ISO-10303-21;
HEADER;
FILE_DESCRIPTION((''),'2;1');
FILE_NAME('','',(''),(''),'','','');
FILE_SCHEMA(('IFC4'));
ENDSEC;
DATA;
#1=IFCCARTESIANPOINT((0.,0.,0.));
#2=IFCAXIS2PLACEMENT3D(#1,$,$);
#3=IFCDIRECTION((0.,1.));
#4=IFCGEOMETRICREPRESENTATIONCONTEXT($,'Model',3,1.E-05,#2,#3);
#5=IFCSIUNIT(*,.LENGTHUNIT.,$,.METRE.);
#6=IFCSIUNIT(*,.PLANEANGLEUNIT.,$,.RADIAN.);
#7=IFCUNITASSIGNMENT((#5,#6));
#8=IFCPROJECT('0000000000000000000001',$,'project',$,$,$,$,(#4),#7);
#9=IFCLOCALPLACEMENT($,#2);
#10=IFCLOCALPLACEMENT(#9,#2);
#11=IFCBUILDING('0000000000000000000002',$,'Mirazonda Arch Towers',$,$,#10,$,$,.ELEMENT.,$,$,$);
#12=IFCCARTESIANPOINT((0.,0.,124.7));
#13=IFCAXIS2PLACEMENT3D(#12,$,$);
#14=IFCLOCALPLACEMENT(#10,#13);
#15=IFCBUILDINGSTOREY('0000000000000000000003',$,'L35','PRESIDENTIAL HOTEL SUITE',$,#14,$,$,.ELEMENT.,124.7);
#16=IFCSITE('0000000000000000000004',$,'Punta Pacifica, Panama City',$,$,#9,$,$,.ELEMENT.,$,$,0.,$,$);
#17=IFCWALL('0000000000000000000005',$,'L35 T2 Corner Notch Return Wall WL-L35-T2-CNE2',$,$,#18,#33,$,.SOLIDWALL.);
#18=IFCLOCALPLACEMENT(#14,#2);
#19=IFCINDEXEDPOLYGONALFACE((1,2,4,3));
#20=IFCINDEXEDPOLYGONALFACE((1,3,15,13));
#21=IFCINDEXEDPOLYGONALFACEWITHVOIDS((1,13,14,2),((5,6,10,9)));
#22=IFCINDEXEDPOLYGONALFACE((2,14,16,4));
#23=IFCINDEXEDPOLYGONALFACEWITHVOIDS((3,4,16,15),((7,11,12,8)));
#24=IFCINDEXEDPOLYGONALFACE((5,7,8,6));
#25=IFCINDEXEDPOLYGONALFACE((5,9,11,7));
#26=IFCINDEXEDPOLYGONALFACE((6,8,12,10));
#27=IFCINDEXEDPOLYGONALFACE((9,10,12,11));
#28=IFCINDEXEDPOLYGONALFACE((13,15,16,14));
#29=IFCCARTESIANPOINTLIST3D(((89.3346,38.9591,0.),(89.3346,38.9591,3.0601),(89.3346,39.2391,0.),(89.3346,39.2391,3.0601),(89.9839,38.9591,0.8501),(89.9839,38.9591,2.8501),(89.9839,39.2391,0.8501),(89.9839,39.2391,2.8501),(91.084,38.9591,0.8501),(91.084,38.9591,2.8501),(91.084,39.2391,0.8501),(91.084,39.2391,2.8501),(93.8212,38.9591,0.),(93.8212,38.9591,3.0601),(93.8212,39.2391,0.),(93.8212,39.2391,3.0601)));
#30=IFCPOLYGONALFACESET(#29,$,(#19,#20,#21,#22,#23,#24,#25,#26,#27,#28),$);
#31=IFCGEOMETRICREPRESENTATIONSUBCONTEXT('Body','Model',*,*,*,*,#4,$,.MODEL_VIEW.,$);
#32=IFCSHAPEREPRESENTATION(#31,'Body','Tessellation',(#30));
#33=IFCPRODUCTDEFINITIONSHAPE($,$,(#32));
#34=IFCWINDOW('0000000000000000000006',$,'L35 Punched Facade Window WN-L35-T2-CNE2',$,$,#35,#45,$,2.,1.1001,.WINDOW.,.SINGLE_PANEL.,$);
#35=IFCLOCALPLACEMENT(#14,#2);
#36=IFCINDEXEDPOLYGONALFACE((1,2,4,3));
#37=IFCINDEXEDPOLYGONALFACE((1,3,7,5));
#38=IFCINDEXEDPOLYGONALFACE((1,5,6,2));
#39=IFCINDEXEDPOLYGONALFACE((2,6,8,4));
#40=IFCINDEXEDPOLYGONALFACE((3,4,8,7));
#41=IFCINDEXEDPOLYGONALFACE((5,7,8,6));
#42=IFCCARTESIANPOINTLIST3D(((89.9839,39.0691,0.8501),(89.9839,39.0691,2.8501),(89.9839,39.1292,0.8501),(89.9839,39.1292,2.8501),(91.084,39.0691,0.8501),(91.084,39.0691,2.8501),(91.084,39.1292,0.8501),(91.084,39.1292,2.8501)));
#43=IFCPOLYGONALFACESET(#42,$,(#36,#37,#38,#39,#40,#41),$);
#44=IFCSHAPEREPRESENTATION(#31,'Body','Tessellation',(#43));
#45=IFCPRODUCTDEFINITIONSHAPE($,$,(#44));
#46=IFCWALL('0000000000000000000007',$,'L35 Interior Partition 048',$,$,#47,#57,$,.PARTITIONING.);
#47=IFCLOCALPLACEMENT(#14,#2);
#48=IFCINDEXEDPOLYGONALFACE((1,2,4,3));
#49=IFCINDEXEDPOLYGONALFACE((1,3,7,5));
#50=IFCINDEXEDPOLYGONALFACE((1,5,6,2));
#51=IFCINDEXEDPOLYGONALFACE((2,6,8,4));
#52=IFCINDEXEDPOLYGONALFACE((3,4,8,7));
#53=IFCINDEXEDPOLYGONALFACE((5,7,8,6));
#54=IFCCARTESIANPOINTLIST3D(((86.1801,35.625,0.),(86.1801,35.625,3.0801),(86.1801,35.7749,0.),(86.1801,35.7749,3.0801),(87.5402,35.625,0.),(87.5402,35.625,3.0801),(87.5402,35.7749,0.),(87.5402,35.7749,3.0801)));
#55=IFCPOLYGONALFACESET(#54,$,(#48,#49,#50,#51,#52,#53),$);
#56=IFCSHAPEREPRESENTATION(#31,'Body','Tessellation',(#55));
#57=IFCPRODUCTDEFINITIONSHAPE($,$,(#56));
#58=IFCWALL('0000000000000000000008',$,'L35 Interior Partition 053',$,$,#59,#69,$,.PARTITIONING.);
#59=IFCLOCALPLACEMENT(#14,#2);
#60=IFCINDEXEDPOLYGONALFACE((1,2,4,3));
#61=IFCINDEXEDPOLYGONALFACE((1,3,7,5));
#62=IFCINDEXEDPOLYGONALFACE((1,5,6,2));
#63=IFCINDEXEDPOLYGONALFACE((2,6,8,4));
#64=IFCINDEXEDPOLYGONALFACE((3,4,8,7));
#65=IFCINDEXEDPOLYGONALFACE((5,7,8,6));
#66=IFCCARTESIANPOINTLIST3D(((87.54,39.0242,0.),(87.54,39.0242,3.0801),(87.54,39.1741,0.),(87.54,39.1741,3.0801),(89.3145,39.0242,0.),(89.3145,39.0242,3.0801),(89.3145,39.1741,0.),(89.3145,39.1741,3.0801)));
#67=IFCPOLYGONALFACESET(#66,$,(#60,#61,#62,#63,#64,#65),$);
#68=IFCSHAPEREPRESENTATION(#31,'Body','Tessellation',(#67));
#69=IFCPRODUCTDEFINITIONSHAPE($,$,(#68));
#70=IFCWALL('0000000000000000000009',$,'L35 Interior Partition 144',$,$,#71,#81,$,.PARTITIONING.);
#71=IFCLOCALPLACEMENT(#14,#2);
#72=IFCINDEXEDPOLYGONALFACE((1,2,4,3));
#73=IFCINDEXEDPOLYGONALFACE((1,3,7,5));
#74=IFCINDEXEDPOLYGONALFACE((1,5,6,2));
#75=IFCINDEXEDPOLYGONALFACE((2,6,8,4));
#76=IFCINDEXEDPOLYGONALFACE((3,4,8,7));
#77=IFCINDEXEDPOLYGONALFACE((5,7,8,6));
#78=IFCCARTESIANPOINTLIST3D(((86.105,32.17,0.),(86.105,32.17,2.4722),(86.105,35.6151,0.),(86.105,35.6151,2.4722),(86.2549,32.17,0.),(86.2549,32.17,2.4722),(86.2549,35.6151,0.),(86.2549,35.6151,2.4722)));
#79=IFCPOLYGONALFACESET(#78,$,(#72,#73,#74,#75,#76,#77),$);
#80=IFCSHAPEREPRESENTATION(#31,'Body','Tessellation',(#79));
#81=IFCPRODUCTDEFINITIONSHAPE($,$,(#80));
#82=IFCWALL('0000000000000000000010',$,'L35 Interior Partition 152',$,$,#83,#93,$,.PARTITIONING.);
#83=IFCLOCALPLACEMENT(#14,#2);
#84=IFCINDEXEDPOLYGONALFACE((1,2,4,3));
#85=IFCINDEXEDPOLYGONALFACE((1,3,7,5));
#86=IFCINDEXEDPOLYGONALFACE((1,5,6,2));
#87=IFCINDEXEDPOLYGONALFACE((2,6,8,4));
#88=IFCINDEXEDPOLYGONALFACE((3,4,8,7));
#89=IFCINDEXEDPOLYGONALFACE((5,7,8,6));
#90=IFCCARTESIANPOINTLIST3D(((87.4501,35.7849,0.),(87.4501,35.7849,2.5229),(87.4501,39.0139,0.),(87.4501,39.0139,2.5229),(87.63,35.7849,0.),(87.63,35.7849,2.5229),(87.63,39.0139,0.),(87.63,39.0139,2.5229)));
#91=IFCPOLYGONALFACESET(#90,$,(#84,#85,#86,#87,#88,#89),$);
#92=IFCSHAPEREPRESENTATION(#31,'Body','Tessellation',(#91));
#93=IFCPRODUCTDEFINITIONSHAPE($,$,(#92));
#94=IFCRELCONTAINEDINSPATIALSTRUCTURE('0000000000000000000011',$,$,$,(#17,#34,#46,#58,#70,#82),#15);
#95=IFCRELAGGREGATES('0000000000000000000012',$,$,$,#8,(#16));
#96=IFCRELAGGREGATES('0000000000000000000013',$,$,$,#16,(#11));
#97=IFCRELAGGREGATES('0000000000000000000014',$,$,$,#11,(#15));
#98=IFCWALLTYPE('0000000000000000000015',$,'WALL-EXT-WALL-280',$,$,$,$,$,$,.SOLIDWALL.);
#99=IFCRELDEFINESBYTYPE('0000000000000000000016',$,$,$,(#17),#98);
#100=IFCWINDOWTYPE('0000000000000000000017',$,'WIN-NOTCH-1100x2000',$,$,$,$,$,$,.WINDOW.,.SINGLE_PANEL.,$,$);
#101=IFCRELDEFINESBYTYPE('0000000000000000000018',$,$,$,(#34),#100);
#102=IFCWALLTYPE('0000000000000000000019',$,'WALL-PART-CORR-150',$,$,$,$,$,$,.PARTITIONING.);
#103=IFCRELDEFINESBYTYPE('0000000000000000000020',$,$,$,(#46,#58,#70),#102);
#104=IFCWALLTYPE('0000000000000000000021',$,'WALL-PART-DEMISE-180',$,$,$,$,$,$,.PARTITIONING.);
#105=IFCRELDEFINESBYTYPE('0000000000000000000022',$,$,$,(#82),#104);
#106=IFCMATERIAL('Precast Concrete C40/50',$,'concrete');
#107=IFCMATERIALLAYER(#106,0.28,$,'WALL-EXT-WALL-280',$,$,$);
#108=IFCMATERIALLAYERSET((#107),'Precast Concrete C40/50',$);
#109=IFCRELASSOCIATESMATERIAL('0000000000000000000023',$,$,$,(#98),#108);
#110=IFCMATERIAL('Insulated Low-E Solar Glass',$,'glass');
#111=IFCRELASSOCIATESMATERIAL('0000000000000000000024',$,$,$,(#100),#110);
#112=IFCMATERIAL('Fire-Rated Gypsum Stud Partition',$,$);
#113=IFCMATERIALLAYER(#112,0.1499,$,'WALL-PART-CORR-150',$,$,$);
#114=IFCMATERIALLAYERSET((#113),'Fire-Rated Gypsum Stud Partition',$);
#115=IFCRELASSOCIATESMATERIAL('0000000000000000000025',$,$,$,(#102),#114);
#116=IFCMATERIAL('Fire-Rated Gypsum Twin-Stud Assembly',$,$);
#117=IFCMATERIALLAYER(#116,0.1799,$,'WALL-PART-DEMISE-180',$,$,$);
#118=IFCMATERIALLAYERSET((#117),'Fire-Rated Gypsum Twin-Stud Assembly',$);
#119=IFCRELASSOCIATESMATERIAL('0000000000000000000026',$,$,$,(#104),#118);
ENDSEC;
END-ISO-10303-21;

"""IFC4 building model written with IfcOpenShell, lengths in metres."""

from ifc_helpers import new_model, si_unit, direction, frame, frame_2d, origin, place, context, subcontext, project, spatial, rectangle, extrude, material, layer, layer_set, type_object, element, fill, save


model = new_model("IFC4")

# Units and contexts
model_context = context("Model", 3, precision=1e-05, world=origin(), true_north=direction((0.0, 1.0)))
body_context = subcontext(model_context, "Body", "Model", "MODEL_VIEW")
ifc_project = project(units=[si_unit("LENGTHUNIT", "METRE"), si_unit("PLANEANGLEUNIT", "RADIAN")], contexts=[model_context])

# Site, building, storey
site_placement = place(None, origin())
site = spatial("IfcSite", under=ifc_project, at=site_placement, Name="Punta Pacifica, Panama City", CompositionType="ELEMENT", RefElevation=0.0)
building_placement = place(site_placement, origin())
building = spatial("IfcBuilding", under=site, at=building_placement, Name="Mirazonda Arch Towers", CompositionType="ELEMENT")
storey_placement = place(building_placement, frame((0.0, 0.0, 124.7)))
storey = spatial("IfcBuildingStorey", under=building, at=storey_placement, Name="L35", Description="PRESIDENTIAL HOTEL SUITE", CompositionType="ELEMENT", Elevation=124.7)

# Shared definitions
ifc_material_1 = material(Name="Insulated Low-E Solar Glass", Category="glass")

# Wall, opening, window
ifc_material_2 = material(Name="Precast Concrete C40/50", Category="concrete")
ifc_layer_1 = layer(ifc_material_2, 0.28, Name="WALL-EXT-WALL-280")
ifc_layer_set_1 = layer_set([ifc_layer_1], Name="Precast Concrete C40/50")
wall_type_1 = type_object("IfcWallType", Name="WALL-EXT-WALL-280", PredefinedType="SOLIDWALL", material=ifc_layer_set_1)
window_type = type_object("IfcWindowType", Name="WIN-NOTCH-1100x2000", PartitioningType="SINGLE_PANEL", PredefinedType="WINDOW", material=ifc_material_1)
wall_1_placement = place(storey_placement, frame((93.821, 39.0991, 0.0), z_axis=(0.0, 0.0, 1.0), x_axis=(-1.0, 0.0, 0.0)))
wall_1 = element("IfcWall", 1, at=wall_1_placement, inside=storey, type_object=wall_type_1, Name="L35 T2 Corner Notch Return Wall WL-L35-T2-CNE2", PredefinedType="SOLIDWALL", context=body_context, shape_type="SweptSolid", body=[
    extrude(rectangle(XDim=4.4866, YDim=0.28, at=frame_2d((2.2432, 0.0))), origin(), (0.0, 0.0, 1.0), 3.0601),
])
opening_1_placement = place(wall_1_placement, frame((2.7371, 0.0, 0.8501)))
opening_1 = element("IfcOpeningElement", 2, at=opening_1_placement, cuts=wall_1, PredefinedType="OPENING", context=body_context, shape_type="SweptSolid", body=[
    extrude(rectangle(XDim=1.1001, YDim=2.0, at=frame_2d((0.55, 1.0))), frame((0.0, 0.1499, 0.0), z_axis=(0.0, -1.0, 0.0), x_axis=(1.0, 0.0, 0.0)), (0.0, 0.0, 1.0), 0.3),
])
window_1_placement = place(opening_1_placement, origin())
window_1 = element("IfcWindow", 3, at=window_1_placement, inside=storey, type_object=window_type, Name="L35 Punched Facade Window WN-L35-T2-CNE2", OverallHeight=2.0, OverallWidth=1.1001, PartitioningType="SINGLE_PANEL", PredefinedType="WINDOW", context=body_context, shape_type="SweptSolid", body=[
    extrude(rectangle(XDim=1.1001, YDim=2.0, at=frame_2d((0.55, 1.0))), frame((0.0, 0.03, 0.0), z_axis=(0.0, -1.0, 0.0), x_axis=(1.0, 0.0, 0.0)), (0.0, 0.0, 1.0), 0.0601),
])
fill(opening_1, window_1)

# Walls
ifc_material_3 = material(Name="Fire-Rated Gypsum Stud Partition")
ifc_layer_2 = layer(ifc_material_3, 0.1499, Name="WALL-PART-CORR-150")
ifc_layer_set_2 = layer_set([ifc_layer_2], Name="Fire-Rated Gypsum Stud Partition")
wall_type_2 = type_object("IfcWallType", Name="WALL-PART-CORR-150", PredefinedType="PARTITIONING", material=ifc_layer_set_2)
wall_2_placement = place(storey_placement, frame((86.1799, 35.7, 0.0), z_axis=(0.0, 0.0, 1.0), x_axis=(1.0, 0.0, 0.0)))
element("IfcWall", 4, at=wall_2_placement, inside=storey, type_object=wall_type_2, Name="L35 Interior Partition 048", PredefinedType="PARTITIONING", context=body_context, shape_type="SweptSolid", body=[
    extrude(rectangle(XDim=1.3601, YDim=0.1499, at=frame_2d((0.6802, 0.0))), origin(), (0.0, 0.0, 1.0), 3.0801),
])
wall_3_placement = place(storey_placement, frame((87.54, 39.0991, 0.0), z_axis=(0.0, 0.0, 1.0), x_axis=(1.0, 0.0, 0.0)))
element("IfcWall", 5, at=wall_3_placement, inside=storey, type_object=wall_type_2, Name="L35 Interior Partition 053", PredefinedType="PARTITIONING", context=body_context, shape_type="SweptSolid", body=[
    extrude(rectangle(XDim=1.7744, YDim=0.1499, at=frame_2d((0.8872, 0.0))), origin(), (0.0, 0.0, 1.0), 3.0801),
])
wall_4_placement = place(storey_placement, frame((86.1799, 32.1699, 0.0), z_axis=(0.0, 0.0, 1.0), x_axis=(0.0, 1.0, 0.0)))
element("IfcWall", 6, at=wall_4_placement, inside=storey, type_object=wall_type_2, Name="L35 Interior Partition 144", PredefinedType="PARTITIONING", context=body_context, shape_type="SweptSolid", body=[
    extrude(rectangle(XDim=3.4451, YDim=0.1499, at=frame_2d((1.7227, 0.0))), origin(), (0.0, 0.0, 1.0), 2.4722),
])
ifc_material_4 = material(Name="Fire-Rated Gypsum Twin-Stud Assembly")
ifc_layer_3 = layer(ifc_material_4, 0.1799, Name="WALL-PART-DEMISE-180")
ifc_layer_set_3 = layer_set([ifc_layer_3], Name="Fire-Rated Gypsum Twin-Stud Assembly")
wall_type_3 = type_object("IfcWallType", Name="WALL-PART-DEMISE-180", PredefinedType="PARTITIONING", material=ifc_layer_set_3)
wall_5_placement = place(storey_placement, frame((87.54, 35.7849, 0.0), z_axis=(0.0, 0.0, 1.0), x_axis=(0.0, 1.0, 0.0)))
element("IfcWall", 7, at=wall_5_placement, inside=storey, type_object=wall_type_3, Name="L35 Interior Partition 152", PredefinedType="PARTITIONING", context=body_context, shape_type="SweptSolid", body=[
    extrude(rectangle(XDim=3.229, YDim=0.1799, at=frame_2d((1.6145, 0.0))), origin(), (0.0, 0.0, 1.0), 2.5229),
])

save(model, "model.ifc")
